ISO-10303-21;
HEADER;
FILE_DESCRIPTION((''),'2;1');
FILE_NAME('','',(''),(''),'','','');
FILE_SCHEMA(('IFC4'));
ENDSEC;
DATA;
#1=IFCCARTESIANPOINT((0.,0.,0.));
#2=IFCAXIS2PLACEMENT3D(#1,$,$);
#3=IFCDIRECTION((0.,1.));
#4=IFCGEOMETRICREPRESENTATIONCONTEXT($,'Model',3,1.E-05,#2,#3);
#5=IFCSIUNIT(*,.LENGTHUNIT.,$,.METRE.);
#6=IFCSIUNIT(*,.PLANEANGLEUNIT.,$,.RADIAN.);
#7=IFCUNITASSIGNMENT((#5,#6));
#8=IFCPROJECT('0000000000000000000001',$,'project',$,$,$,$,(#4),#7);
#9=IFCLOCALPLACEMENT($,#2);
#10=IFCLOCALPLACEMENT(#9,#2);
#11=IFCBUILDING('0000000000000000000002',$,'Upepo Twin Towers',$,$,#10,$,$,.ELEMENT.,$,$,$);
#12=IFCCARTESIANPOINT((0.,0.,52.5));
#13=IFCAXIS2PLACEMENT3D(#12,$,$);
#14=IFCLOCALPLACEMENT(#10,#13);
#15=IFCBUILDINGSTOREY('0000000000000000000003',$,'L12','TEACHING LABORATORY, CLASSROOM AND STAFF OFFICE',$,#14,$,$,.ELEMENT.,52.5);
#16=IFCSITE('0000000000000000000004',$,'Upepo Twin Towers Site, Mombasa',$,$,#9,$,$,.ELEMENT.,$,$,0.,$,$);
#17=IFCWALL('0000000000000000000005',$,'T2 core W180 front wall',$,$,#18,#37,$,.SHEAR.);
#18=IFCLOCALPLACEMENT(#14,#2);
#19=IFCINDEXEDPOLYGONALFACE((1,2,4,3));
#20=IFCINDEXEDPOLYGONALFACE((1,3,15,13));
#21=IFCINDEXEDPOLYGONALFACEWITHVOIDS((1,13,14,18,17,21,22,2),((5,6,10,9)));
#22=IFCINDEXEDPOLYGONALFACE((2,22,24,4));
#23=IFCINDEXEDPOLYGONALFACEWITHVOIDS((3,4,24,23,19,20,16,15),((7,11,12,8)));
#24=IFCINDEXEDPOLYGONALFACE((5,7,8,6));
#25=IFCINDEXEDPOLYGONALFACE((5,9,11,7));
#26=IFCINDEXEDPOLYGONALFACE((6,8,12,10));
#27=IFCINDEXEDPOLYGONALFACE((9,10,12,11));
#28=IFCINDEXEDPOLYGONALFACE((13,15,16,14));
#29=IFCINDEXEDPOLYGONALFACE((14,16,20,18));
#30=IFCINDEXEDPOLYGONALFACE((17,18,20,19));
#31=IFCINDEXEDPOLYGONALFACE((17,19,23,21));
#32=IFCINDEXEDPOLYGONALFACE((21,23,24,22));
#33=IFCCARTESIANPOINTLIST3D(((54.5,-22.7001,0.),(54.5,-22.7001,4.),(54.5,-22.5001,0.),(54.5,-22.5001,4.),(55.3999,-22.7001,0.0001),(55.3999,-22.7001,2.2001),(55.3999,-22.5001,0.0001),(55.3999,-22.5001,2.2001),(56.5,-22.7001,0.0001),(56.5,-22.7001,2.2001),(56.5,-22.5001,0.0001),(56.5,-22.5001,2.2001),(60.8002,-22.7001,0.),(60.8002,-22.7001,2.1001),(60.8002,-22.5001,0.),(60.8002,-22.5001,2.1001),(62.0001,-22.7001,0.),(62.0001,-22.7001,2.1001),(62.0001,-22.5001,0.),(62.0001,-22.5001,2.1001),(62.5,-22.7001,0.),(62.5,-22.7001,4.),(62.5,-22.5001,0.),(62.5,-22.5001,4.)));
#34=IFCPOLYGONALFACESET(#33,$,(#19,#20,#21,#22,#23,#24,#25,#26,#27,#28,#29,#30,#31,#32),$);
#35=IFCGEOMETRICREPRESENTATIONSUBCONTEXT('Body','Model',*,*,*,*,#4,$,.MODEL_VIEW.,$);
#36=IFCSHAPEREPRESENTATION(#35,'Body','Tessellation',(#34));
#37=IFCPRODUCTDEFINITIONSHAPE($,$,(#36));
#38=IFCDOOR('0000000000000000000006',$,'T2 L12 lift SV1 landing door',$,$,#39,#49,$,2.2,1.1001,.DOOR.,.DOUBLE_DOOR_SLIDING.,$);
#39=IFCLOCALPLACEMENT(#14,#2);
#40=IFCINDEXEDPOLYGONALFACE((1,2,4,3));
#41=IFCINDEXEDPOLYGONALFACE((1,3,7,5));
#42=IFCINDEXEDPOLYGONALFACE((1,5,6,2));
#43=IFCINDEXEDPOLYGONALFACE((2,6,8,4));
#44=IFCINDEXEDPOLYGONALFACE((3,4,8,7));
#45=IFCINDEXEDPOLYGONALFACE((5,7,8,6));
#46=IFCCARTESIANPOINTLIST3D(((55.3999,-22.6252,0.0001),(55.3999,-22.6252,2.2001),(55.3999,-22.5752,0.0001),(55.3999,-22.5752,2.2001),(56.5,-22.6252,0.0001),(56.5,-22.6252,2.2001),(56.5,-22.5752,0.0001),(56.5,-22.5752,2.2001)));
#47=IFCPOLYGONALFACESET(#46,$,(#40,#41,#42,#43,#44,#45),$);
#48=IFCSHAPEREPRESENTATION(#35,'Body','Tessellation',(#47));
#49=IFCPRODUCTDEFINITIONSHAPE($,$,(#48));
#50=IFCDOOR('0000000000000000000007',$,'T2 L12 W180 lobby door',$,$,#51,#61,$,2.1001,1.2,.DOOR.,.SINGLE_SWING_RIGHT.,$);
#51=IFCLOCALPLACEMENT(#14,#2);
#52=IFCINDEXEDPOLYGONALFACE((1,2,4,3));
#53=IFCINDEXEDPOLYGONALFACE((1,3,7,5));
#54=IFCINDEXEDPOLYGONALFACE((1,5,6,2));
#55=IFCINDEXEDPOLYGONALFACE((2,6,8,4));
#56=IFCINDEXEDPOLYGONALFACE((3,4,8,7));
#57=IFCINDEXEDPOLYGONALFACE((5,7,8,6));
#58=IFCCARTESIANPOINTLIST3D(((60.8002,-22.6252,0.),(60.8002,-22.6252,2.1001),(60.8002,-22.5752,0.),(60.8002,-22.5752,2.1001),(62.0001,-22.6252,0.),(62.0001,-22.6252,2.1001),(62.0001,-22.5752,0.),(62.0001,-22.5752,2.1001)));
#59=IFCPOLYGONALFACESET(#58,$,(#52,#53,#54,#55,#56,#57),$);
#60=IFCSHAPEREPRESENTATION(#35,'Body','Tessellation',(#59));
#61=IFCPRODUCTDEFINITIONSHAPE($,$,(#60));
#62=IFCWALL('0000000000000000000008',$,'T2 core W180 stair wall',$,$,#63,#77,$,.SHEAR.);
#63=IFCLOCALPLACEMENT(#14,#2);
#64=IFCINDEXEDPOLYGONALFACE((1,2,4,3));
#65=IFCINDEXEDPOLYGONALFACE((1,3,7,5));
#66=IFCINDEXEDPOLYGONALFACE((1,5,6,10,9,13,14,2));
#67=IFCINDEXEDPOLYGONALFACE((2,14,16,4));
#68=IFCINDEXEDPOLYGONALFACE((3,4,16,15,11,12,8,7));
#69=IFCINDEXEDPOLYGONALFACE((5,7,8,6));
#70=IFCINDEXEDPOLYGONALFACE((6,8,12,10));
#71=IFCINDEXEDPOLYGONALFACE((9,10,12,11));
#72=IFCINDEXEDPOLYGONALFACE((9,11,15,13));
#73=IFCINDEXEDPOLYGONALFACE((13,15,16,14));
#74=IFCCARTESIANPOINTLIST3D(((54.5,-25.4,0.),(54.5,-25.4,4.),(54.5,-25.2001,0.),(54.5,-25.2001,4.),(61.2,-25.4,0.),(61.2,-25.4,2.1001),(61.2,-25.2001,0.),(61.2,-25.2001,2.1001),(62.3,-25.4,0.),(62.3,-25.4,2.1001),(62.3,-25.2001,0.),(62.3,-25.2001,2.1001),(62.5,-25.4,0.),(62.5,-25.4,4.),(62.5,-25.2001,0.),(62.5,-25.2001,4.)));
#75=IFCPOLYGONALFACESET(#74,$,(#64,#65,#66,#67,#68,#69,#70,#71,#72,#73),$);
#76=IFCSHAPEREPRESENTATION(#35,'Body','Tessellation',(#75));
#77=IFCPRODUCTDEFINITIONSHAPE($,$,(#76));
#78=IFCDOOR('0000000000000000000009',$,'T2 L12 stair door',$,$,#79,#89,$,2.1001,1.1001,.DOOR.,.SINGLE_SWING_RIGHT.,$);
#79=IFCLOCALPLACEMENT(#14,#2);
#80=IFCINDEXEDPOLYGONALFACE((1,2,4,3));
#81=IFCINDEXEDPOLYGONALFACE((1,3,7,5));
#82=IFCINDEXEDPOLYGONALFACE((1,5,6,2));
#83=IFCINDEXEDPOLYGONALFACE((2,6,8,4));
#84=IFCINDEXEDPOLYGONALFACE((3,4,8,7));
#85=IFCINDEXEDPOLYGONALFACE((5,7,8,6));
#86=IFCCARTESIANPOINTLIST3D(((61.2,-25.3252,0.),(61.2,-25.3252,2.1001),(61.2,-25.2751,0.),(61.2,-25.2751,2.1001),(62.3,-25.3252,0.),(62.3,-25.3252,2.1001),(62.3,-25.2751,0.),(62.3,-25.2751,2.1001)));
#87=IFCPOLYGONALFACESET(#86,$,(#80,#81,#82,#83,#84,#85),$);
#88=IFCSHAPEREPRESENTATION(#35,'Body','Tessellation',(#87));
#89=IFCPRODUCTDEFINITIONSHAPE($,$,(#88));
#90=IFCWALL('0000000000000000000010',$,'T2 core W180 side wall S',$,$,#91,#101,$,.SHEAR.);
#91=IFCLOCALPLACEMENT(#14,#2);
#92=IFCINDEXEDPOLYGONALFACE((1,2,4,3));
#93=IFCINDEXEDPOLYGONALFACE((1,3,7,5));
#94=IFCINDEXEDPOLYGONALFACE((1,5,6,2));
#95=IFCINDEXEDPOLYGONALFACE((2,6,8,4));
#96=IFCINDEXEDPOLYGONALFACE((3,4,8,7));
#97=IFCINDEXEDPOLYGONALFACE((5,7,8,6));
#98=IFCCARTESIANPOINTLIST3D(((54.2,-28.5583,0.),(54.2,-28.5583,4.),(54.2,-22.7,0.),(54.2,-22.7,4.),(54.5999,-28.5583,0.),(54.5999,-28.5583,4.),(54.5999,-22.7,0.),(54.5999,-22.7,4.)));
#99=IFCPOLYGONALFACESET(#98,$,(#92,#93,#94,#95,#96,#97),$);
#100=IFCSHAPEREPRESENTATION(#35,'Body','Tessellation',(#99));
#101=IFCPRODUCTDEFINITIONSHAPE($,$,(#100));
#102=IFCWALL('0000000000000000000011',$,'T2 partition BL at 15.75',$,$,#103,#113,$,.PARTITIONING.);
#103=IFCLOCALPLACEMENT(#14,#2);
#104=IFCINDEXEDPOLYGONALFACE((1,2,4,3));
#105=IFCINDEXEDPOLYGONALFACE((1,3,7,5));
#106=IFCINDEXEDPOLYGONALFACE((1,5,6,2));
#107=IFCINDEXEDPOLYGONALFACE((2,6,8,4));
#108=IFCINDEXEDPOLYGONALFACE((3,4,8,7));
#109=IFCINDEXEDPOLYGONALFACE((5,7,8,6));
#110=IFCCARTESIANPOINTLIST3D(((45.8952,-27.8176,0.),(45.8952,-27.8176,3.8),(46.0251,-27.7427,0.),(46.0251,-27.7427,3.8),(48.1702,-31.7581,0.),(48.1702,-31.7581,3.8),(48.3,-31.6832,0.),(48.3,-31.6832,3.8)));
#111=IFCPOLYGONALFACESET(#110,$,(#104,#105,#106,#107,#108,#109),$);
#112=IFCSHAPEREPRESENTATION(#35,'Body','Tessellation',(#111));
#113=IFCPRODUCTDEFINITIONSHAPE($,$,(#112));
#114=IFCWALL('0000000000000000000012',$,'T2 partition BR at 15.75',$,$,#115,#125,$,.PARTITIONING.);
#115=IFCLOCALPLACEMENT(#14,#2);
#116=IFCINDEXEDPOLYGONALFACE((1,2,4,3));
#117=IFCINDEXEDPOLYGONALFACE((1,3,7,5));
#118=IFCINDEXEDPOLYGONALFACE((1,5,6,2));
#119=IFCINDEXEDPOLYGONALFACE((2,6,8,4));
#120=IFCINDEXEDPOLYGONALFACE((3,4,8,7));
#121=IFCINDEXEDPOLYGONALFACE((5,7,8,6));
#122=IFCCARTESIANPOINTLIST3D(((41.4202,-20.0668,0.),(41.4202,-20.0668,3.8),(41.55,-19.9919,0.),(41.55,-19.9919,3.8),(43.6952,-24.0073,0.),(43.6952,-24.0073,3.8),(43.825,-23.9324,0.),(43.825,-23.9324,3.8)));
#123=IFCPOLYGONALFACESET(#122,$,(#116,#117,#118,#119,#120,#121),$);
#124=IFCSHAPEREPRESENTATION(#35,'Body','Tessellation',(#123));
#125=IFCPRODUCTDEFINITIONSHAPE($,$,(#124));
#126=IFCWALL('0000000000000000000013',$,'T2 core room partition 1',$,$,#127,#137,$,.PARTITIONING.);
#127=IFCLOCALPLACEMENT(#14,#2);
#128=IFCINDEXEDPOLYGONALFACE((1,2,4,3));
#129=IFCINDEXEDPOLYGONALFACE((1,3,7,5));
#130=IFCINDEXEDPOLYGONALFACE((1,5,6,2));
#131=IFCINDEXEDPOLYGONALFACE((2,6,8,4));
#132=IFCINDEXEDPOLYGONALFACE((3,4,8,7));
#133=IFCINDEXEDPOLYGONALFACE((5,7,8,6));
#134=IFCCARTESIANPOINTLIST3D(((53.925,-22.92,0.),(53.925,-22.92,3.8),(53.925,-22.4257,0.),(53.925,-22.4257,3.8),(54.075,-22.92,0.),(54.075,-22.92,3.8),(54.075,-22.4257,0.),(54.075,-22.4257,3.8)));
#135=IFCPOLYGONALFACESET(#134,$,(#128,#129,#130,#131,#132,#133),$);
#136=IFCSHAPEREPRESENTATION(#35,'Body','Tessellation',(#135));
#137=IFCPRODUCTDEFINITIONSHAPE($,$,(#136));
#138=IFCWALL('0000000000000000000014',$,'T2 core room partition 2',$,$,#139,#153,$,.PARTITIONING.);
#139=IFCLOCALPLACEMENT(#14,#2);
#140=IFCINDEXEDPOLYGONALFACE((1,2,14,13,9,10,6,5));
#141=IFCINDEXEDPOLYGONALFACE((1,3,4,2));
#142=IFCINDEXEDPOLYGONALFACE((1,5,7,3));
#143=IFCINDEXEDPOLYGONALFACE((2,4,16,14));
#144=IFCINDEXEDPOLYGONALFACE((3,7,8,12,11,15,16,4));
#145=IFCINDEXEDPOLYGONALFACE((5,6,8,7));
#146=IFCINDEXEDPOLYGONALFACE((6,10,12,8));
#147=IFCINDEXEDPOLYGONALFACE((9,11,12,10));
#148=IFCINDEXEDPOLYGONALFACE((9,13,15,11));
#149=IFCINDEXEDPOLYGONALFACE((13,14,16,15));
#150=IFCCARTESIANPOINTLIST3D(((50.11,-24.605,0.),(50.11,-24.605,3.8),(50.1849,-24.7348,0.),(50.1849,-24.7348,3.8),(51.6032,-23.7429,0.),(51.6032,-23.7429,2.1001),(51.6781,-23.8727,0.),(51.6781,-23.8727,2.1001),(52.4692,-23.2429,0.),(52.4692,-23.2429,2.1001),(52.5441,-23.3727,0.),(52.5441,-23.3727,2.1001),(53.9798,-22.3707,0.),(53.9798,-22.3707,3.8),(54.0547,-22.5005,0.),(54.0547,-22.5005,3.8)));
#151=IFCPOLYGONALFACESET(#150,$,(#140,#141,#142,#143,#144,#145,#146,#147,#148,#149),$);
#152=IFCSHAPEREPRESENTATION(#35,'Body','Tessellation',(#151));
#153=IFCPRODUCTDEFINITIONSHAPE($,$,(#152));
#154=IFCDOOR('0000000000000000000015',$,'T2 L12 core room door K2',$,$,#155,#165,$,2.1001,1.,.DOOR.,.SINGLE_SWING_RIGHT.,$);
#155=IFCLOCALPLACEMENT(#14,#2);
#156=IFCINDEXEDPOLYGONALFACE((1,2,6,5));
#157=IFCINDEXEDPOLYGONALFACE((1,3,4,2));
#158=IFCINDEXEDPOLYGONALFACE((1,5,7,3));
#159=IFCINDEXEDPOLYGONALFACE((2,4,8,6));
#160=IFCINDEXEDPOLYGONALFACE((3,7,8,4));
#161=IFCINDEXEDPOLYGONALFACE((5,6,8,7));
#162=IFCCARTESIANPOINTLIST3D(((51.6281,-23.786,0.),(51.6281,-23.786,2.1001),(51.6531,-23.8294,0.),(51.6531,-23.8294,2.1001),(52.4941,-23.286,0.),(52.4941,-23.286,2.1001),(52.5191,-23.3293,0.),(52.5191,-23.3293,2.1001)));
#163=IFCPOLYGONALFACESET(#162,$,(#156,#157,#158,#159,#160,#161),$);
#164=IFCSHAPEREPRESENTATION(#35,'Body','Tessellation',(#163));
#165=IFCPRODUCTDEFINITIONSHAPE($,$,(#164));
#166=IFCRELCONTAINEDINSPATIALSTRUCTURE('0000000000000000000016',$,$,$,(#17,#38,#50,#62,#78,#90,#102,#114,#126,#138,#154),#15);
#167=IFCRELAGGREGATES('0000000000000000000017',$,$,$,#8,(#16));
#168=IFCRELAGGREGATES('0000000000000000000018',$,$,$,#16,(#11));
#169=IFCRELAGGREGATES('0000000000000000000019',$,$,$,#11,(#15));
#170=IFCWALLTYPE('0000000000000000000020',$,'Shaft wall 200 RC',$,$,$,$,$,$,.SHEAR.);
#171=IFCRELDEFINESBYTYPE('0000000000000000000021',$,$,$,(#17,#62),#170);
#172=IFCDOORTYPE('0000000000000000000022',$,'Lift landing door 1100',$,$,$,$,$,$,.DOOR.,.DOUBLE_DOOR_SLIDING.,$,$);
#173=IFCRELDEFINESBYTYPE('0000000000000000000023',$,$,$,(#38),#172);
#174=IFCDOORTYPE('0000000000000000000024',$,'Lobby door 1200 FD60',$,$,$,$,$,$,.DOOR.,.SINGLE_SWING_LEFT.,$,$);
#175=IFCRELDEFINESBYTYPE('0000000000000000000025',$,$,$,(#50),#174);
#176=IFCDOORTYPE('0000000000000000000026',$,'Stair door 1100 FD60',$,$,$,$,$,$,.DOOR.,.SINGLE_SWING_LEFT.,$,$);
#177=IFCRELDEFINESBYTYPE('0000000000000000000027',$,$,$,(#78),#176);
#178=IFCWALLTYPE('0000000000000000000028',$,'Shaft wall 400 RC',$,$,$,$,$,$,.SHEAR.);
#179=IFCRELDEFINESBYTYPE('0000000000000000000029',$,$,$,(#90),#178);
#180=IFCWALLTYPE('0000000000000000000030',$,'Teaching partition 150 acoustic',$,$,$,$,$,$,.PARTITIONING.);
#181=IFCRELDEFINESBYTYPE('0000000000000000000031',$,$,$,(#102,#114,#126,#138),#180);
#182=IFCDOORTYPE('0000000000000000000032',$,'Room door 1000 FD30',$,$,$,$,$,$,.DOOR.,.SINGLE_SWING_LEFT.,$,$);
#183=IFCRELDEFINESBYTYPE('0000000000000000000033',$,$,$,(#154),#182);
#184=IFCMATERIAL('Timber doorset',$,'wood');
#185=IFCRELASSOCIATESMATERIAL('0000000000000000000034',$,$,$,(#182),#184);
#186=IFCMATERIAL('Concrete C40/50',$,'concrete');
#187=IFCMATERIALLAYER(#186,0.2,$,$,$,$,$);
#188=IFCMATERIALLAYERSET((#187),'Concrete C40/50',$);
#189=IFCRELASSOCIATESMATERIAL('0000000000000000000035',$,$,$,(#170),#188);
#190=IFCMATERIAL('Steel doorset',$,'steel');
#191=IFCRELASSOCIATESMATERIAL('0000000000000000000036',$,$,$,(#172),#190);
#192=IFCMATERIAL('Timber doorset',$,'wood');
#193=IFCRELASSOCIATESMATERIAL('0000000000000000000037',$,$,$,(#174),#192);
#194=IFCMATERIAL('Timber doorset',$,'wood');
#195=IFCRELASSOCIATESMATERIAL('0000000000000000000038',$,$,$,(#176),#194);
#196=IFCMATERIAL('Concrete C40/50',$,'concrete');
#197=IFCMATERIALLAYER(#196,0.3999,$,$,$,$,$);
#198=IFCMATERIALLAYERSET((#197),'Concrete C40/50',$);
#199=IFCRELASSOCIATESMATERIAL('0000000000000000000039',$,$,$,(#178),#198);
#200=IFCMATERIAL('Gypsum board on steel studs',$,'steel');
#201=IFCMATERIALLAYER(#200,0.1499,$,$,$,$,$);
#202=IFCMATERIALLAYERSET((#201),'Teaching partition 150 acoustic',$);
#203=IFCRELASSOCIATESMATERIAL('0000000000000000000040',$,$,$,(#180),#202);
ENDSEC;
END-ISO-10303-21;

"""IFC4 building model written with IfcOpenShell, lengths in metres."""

from ifc_helpers import new_model, si_unit, direction, frame, frame_2d, origin, place, context, subcontext, project, spatial, rectangle, extrude, material, layer, layer_set, type_object, element, fill, save


model = new_model("IFC4")

# Units and contexts
model_context = context("Model", 3, precision=1e-05, world=origin(), true_north=direction((0.0, 1.0)))
body_context = subcontext(model_context, "Body", "Model", "MODEL_VIEW")
ifc_project = project(units=[si_unit("LENGTHUNIT", "METRE"), si_unit("PLANEANGLEUNIT", "RADIAN")], contexts=[model_context])

# Site, building, storey
site_placement = place(None, origin())
site = spatial("IfcSite", under=ifc_project, at=site_placement, Name="Upepo Twin Towers Site, Mombasa", CompositionType="ELEMENT", RefElevation=0.0)
building_placement = place(site_placement, origin())
building = spatial("IfcBuilding", under=site, at=building_placement, Name="Upepo Twin Towers", CompositionType="ELEMENT")
storey_placement = place(building_placement, frame((0.0, 0.0, 52.5)))
storey = spatial("IfcBuildingStorey", under=building, at=storey_placement, Name="L12", Description="TEACHING LABORATORY, CLASSROOM AND STAFF OFFICE", CompositionType="ELEMENT", Elevation=52.5)

# Shared definitions
ifc_material_1 = material(Name="Timber doorset", Category="wood")
door_type_1 = type_object("IfcDoorType", Name="Room door 1000 FD30", OperationType="SINGLE_SWING_LEFT", PredefinedType="DOOR", material=ifc_material_1)

# Wall, openings, doors
ifc_material_2 = material(Name="Concrete C40/50", Category="concrete")
ifc_layer_1 = layer(ifc_material_2, 0.2)
ifc_layer_set_1 = layer_set([ifc_layer_1], Name="Concrete C40/50")
wall_type_1 = type_object("IfcWallType", Name="Shaft wall 200 RC", PredefinedType="SHEAR", material=ifc_layer_set_1)
wall_1_placement = place(storey_placement, frame((54.5, -22.6001, 0.0), z_axis=(0.0, 0.0, 1.0), x_axis=(1.0, 0.0, 0.0)))
wall_1 = element("IfcWall", 1, at=wall_1_placement, inside=storey, type_object=wall_type_1, Name="T2 core W180 front wall", PredefinedType="SHEAR", context=body_context, shape_type="SweptSolid", body=[
    extrude(rectangle(XDim=8.0, YDim=0.2, at=frame_2d((4.0, 0.0))), origin(), (0.0, 0.0, 1.0), 4.0),
])
opening_1_placement = place(wall_1_placement, frame((6.3, 0.0, 0.0)))
opening_1 = element("IfcOpeningElement", 2, at=opening_1_placement, cuts=wall_1, PredefinedType="OPENING", context=body_context, shape_type="SweptSolid", body=[
    extrude(rectangle(XDim=1.2, YDim=2.1001, at=frame_2d((0.6001, 1.05))), frame((0.0, 0.1099, 0.0), z_axis=(0.0, -1.0, 0.0), x_axis=(1.0, 0.0, 0.0)), (0.0, 0.0, 1.0), 0.22),
])
opening_2_placement = place(wall_1_placement, frame((0.8999, 0.0, 0.0)))
opening_2 = element("IfcOpeningElement", 3, at=opening_2_placement, cuts=wall_1, PredefinedType="OPENING", context=body_context, shape_type="SweptSolid", body=[
    extrude(rectangle(XDim=1.1001, YDim=2.2, at=frame_2d((0.55, 1.1001))), frame((0.0, 0.1099, 0.0), z_axis=(0.0, -1.0, 0.0), x_axis=(1.0, 0.0, 0.0)), (0.0, 0.0, 1.0), 0.22),
])
ifc_material_3 = material(Name="Steel doorset", Category="steel")
door_type_2 = type_object("IfcDoorType", Name="Lift landing door 1100", OperationType="DOUBLE_DOOR_SLIDING", PredefinedType="DOOR", material=ifc_material_3)
door_1_placement = place(opening_2_placement, origin())
door_1 = element("IfcDoor", 4, at=door_1_placement, inside=storey, type_object=door_type_2, Name="T2 L12 lift SV1 landing door", OperationType="DOUBLE_DOOR_SLIDING", OverallHeight=2.2, OverallWidth=1.1001, PredefinedType="DOOR", context=body_context, shape_type="SweptSolid", body=[
    extrude(rectangle(XDim=1.1001, YDim=2.2, at=frame_2d((0.55, 1.1001))), frame((0.0, 0.0249, 0.0), z_axis=(0.0, -1.0, 0.0), x_axis=(1.0, 0.0, 0.0)), (0.0, 0.0, 1.0), 0.05),
])
fill(opening_2, door_1)
ifc_material_4 = material(Name="Timber doorset", Category="wood")
door_type_3 = type_object("IfcDoorType", Name="Lobby door 1200 FD60", OperationType="SINGLE_SWING_LEFT", PredefinedType="DOOR", material=ifc_material_4)
door_2_placement = place(opening_1_placement, origin())
door_2 = element("IfcDoor", 5, at=door_2_placement, inside=storey, type_object=door_type_3, Name="T2 L12 W180 lobby door", OperationType="SINGLE_SWING_RIGHT", OverallHeight=2.1001, OverallWidth=1.2, PredefinedType="DOOR", context=body_context, shape_type="SweptSolid", body=[
    extrude(rectangle(XDim=1.2, YDim=2.1001, at=frame_2d((0.6001, 1.05))), frame((0.0, 0.0249, 0.0), z_axis=(0.0, -1.0, 0.0), x_axis=(1.0, 0.0, 0.0)), (0.0, 0.0, 1.0), 0.05),
])
fill(opening_1, door_2)

# Wall, opening, door
wall_2_placement = place(storey_placement, frame((54.5, -25.3, 0.0), z_axis=(0.0, 0.0, 1.0), x_axis=(1.0, 0.0, 0.0)))
wall_2 = element("IfcWall", 6, at=wall_2_placement, inside=storey, type_object=wall_type_1, Name="T2 core W180 stair wall", PredefinedType="SHEAR", context=body_context, shape_type="SweptSolid", body=[
    extrude(rectangle(XDim=8.0, YDim=0.2, at=frame_2d((4.0, 0.0))), origin(), (0.0, 0.0, 1.0), 4.0),
])
opening_3_placement = place(wall_2_placement, frame((6.7, 0.0, 0.0)))
opening_3 = element("IfcOpeningElement", 7, at=opening_3_placement, cuts=wall_2, PredefinedType="OPENING", context=body_context, shape_type="SweptSolid", body=[
    extrude(rectangle(XDim=1.1001, YDim=2.1001, at=frame_2d((0.55, 1.05))), frame((0.0, 0.1099, 0.0), z_axis=(0.0, -1.0, 0.0), x_axis=(1.0, 0.0, 0.0)), (0.0, 0.0, 1.0), 0.22),
])
ifc_material_5 = material(Name="Timber doorset", Category="wood")
door_type_4 = type_object("IfcDoorType", Name="Stair door 1100 FD60", OperationType="SINGLE_SWING_LEFT", PredefinedType="DOOR", material=ifc_material_5)
door_3_placement = place(opening_3_placement, origin())
door_3 = element("IfcDoor", 8, at=door_3_placement, inside=storey, type_object=door_type_4, Name="T2 L12 stair door", OperationType="SINGLE_SWING_RIGHT", OverallHeight=2.1001, OverallWidth=1.1001, PredefinedType="DOOR", context=body_context, shape_type="SweptSolid", body=[
    extrude(rectangle(XDim=1.1001, YDim=2.1001, at=frame_2d((0.55, 1.05))), frame((0.0, 0.0249, 0.0), z_axis=(0.0, -1.0, 0.0), x_axis=(1.0, 0.0, 0.0)), (0.0, 0.0, 1.0), 0.05),
])
fill(opening_3, door_3)

# Walls
ifc_material_6 = material(Name="Concrete C40/50", Category="concrete")
ifc_layer_2 = layer(ifc_material_6, 0.3999)
ifc_layer_set_2 = layer_set([ifc_layer_2], Name="Concrete C40/50")
wall_type_2 = type_object("IfcWallType", Name="Shaft wall 400 RC", PredefinedType="SHEAR", material=ifc_layer_set_2)
wall_3_placement = place(storey_placement, frame((54.3999, -22.7, 0.0), z_axis=(0.0, 0.0, 1.0), x_axis=(0.0, -1.0, 0.0)))
element("IfcWall", 9, at=wall_3_placement, inside=storey, type_object=wall_type_2, Name="T2 core W180 side wall S", PredefinedType="SHEAR", context=body_context, shape_type="SweptSolid", body=[
    extrude(rectangle(XDim=5.8584, YDim=0.3999, at=frame_2d((2.9292, 0.0))), origin(), (0.0, 0.0, 1.0), 4.0),
])
ifc_material_7 = material(Name="Gypsum board on steel studs", Category="steel")
ifc_layer_3 = layer(ifc_material_7, 0.1499)
ifc_layer_set_3 = layer_set([ifc_layer_3], Name="Teaching partition 150 acoustic")
wall_type_3 = type_object("IfcWallType", Name="Teaching partition 150 acoustic", PredefinedType="PARTITIONING", material=ifc_layer_set_3)
for number, where, z_axis, x_axis, name in (
    (10, (45.9602, -27.7803, 0.0), (0.0, 0.0, 1.0), (0.499983, -0.866035, 0.0), "T2 partition BL at 15.75"),
    (11, (43.76, -23.9697, 0.0), (0.0, 0.0, 1.0), (-0.499983, 0.866035, 0.0), "T2 partition BR at 15.75"),
):
    element("IfcWall", number, at=place(storey_placement, frame(where, z_axis=z_axis, x_axis=x_axis)), inside=storey, type_object=wall_type_3, Name=name, PredefinedType="PARTITIONING", context=body_context, shape_type="SweptSolid", body=[
        extrude(rectangle(XDim=4.55, YDim=0.1499, at=frame_2d((2.2749, 0.0))), origin(), (0.0, 0.0, 1.0), 3.8),
    ])
wall_4_placement = place(storey_placement, frame((54.0, -22.9199, 0.0), z_axis=(0.0, 0.0, 1.0), x_axis=(0.0, 1.0, 0.0)))
element("IfcWall", 12, at=wall_4_placement, inside=storey, type_object=wall_type_3, Name="T2 core room partition 1", PredefinedType="PARTITIONING", context=body_context, shape_type="SweptSolid", body=[
    extrude(rectangle(XDim=0.4944, YDim=0.1499, at=frame_2d((0.2471, 0.0))), origin(), (0.0, 0.0, 1.0), 3.8),
])

# Wall, opening, door
wall_5_placement = place(storey_placement, frame((54.0173, -22.4355, 0.0), z_axis=(0.0, 0.0, 1.0), x_axis=(-0.866015, -0.500017, 0.0)))
wall_5 = element("IfcWall", 13, at=wall_5_placement, inside=storey, type_object=wall_type_3, Name="T2 core room partition 2", PredefinedType="PARTITIONING", context=body_context, shape_type="SweptSolid", body=[
    extrude(rectangle(XDim=4.4685, YDim=0.1499, at=frame_2d((2.2344, 0.0))), origin(), (0.0, 0.0, 1.0), 3.8),
])
opening_4_placement = place(wall_5_placement, frame((1.7444, 0.0, 0.0)))
opening_4 = element("IfcOpeningElement", 14, at=opening_4_placement, cuts=wall_5, PredefinedType="OPENING", context=body_context, shape_type="SweptSolid", body=[
    extrude(rectangle(XDim=1.0, YDim=2.1001, at=frame_2d((0.5, 1.05))), frame((0.0, 0.085, 0.0), z_axis=(0.0, -1.0, 0.0), x_axis=(1.0, 0.0, 0.0)), (0.0, 0.0, 1.0), 0.1699),
])
door_4_placement = place(opening_4_placement, origin())
door_4 = element("IfcDoor", 15, at=door_4_placement, inside=storey, type_object=door_type_1, Name="T2 L12 core room door K2", OperationType="SINGLE_SWING_RIGHT", OverallHeight=2.1001, OverallWidth=1.0, PredefinedType="DOOR", context=body_context, shape_type="SweptSolid", body=[
    extrude(rectangle(XDim=1.0, YDim=2.1001, at=frame_2d((0.5, 1.05))), frame((0.0, 0.0249, 0.0), z_axis=(0.0, -1.0, 0.0), x_axis=(1.0, 0.0, 0.0)), (0.0, 0.0, 1.0), 0.05),
])
fill(opening_4, door_4)

save(model, "model.ifc")
